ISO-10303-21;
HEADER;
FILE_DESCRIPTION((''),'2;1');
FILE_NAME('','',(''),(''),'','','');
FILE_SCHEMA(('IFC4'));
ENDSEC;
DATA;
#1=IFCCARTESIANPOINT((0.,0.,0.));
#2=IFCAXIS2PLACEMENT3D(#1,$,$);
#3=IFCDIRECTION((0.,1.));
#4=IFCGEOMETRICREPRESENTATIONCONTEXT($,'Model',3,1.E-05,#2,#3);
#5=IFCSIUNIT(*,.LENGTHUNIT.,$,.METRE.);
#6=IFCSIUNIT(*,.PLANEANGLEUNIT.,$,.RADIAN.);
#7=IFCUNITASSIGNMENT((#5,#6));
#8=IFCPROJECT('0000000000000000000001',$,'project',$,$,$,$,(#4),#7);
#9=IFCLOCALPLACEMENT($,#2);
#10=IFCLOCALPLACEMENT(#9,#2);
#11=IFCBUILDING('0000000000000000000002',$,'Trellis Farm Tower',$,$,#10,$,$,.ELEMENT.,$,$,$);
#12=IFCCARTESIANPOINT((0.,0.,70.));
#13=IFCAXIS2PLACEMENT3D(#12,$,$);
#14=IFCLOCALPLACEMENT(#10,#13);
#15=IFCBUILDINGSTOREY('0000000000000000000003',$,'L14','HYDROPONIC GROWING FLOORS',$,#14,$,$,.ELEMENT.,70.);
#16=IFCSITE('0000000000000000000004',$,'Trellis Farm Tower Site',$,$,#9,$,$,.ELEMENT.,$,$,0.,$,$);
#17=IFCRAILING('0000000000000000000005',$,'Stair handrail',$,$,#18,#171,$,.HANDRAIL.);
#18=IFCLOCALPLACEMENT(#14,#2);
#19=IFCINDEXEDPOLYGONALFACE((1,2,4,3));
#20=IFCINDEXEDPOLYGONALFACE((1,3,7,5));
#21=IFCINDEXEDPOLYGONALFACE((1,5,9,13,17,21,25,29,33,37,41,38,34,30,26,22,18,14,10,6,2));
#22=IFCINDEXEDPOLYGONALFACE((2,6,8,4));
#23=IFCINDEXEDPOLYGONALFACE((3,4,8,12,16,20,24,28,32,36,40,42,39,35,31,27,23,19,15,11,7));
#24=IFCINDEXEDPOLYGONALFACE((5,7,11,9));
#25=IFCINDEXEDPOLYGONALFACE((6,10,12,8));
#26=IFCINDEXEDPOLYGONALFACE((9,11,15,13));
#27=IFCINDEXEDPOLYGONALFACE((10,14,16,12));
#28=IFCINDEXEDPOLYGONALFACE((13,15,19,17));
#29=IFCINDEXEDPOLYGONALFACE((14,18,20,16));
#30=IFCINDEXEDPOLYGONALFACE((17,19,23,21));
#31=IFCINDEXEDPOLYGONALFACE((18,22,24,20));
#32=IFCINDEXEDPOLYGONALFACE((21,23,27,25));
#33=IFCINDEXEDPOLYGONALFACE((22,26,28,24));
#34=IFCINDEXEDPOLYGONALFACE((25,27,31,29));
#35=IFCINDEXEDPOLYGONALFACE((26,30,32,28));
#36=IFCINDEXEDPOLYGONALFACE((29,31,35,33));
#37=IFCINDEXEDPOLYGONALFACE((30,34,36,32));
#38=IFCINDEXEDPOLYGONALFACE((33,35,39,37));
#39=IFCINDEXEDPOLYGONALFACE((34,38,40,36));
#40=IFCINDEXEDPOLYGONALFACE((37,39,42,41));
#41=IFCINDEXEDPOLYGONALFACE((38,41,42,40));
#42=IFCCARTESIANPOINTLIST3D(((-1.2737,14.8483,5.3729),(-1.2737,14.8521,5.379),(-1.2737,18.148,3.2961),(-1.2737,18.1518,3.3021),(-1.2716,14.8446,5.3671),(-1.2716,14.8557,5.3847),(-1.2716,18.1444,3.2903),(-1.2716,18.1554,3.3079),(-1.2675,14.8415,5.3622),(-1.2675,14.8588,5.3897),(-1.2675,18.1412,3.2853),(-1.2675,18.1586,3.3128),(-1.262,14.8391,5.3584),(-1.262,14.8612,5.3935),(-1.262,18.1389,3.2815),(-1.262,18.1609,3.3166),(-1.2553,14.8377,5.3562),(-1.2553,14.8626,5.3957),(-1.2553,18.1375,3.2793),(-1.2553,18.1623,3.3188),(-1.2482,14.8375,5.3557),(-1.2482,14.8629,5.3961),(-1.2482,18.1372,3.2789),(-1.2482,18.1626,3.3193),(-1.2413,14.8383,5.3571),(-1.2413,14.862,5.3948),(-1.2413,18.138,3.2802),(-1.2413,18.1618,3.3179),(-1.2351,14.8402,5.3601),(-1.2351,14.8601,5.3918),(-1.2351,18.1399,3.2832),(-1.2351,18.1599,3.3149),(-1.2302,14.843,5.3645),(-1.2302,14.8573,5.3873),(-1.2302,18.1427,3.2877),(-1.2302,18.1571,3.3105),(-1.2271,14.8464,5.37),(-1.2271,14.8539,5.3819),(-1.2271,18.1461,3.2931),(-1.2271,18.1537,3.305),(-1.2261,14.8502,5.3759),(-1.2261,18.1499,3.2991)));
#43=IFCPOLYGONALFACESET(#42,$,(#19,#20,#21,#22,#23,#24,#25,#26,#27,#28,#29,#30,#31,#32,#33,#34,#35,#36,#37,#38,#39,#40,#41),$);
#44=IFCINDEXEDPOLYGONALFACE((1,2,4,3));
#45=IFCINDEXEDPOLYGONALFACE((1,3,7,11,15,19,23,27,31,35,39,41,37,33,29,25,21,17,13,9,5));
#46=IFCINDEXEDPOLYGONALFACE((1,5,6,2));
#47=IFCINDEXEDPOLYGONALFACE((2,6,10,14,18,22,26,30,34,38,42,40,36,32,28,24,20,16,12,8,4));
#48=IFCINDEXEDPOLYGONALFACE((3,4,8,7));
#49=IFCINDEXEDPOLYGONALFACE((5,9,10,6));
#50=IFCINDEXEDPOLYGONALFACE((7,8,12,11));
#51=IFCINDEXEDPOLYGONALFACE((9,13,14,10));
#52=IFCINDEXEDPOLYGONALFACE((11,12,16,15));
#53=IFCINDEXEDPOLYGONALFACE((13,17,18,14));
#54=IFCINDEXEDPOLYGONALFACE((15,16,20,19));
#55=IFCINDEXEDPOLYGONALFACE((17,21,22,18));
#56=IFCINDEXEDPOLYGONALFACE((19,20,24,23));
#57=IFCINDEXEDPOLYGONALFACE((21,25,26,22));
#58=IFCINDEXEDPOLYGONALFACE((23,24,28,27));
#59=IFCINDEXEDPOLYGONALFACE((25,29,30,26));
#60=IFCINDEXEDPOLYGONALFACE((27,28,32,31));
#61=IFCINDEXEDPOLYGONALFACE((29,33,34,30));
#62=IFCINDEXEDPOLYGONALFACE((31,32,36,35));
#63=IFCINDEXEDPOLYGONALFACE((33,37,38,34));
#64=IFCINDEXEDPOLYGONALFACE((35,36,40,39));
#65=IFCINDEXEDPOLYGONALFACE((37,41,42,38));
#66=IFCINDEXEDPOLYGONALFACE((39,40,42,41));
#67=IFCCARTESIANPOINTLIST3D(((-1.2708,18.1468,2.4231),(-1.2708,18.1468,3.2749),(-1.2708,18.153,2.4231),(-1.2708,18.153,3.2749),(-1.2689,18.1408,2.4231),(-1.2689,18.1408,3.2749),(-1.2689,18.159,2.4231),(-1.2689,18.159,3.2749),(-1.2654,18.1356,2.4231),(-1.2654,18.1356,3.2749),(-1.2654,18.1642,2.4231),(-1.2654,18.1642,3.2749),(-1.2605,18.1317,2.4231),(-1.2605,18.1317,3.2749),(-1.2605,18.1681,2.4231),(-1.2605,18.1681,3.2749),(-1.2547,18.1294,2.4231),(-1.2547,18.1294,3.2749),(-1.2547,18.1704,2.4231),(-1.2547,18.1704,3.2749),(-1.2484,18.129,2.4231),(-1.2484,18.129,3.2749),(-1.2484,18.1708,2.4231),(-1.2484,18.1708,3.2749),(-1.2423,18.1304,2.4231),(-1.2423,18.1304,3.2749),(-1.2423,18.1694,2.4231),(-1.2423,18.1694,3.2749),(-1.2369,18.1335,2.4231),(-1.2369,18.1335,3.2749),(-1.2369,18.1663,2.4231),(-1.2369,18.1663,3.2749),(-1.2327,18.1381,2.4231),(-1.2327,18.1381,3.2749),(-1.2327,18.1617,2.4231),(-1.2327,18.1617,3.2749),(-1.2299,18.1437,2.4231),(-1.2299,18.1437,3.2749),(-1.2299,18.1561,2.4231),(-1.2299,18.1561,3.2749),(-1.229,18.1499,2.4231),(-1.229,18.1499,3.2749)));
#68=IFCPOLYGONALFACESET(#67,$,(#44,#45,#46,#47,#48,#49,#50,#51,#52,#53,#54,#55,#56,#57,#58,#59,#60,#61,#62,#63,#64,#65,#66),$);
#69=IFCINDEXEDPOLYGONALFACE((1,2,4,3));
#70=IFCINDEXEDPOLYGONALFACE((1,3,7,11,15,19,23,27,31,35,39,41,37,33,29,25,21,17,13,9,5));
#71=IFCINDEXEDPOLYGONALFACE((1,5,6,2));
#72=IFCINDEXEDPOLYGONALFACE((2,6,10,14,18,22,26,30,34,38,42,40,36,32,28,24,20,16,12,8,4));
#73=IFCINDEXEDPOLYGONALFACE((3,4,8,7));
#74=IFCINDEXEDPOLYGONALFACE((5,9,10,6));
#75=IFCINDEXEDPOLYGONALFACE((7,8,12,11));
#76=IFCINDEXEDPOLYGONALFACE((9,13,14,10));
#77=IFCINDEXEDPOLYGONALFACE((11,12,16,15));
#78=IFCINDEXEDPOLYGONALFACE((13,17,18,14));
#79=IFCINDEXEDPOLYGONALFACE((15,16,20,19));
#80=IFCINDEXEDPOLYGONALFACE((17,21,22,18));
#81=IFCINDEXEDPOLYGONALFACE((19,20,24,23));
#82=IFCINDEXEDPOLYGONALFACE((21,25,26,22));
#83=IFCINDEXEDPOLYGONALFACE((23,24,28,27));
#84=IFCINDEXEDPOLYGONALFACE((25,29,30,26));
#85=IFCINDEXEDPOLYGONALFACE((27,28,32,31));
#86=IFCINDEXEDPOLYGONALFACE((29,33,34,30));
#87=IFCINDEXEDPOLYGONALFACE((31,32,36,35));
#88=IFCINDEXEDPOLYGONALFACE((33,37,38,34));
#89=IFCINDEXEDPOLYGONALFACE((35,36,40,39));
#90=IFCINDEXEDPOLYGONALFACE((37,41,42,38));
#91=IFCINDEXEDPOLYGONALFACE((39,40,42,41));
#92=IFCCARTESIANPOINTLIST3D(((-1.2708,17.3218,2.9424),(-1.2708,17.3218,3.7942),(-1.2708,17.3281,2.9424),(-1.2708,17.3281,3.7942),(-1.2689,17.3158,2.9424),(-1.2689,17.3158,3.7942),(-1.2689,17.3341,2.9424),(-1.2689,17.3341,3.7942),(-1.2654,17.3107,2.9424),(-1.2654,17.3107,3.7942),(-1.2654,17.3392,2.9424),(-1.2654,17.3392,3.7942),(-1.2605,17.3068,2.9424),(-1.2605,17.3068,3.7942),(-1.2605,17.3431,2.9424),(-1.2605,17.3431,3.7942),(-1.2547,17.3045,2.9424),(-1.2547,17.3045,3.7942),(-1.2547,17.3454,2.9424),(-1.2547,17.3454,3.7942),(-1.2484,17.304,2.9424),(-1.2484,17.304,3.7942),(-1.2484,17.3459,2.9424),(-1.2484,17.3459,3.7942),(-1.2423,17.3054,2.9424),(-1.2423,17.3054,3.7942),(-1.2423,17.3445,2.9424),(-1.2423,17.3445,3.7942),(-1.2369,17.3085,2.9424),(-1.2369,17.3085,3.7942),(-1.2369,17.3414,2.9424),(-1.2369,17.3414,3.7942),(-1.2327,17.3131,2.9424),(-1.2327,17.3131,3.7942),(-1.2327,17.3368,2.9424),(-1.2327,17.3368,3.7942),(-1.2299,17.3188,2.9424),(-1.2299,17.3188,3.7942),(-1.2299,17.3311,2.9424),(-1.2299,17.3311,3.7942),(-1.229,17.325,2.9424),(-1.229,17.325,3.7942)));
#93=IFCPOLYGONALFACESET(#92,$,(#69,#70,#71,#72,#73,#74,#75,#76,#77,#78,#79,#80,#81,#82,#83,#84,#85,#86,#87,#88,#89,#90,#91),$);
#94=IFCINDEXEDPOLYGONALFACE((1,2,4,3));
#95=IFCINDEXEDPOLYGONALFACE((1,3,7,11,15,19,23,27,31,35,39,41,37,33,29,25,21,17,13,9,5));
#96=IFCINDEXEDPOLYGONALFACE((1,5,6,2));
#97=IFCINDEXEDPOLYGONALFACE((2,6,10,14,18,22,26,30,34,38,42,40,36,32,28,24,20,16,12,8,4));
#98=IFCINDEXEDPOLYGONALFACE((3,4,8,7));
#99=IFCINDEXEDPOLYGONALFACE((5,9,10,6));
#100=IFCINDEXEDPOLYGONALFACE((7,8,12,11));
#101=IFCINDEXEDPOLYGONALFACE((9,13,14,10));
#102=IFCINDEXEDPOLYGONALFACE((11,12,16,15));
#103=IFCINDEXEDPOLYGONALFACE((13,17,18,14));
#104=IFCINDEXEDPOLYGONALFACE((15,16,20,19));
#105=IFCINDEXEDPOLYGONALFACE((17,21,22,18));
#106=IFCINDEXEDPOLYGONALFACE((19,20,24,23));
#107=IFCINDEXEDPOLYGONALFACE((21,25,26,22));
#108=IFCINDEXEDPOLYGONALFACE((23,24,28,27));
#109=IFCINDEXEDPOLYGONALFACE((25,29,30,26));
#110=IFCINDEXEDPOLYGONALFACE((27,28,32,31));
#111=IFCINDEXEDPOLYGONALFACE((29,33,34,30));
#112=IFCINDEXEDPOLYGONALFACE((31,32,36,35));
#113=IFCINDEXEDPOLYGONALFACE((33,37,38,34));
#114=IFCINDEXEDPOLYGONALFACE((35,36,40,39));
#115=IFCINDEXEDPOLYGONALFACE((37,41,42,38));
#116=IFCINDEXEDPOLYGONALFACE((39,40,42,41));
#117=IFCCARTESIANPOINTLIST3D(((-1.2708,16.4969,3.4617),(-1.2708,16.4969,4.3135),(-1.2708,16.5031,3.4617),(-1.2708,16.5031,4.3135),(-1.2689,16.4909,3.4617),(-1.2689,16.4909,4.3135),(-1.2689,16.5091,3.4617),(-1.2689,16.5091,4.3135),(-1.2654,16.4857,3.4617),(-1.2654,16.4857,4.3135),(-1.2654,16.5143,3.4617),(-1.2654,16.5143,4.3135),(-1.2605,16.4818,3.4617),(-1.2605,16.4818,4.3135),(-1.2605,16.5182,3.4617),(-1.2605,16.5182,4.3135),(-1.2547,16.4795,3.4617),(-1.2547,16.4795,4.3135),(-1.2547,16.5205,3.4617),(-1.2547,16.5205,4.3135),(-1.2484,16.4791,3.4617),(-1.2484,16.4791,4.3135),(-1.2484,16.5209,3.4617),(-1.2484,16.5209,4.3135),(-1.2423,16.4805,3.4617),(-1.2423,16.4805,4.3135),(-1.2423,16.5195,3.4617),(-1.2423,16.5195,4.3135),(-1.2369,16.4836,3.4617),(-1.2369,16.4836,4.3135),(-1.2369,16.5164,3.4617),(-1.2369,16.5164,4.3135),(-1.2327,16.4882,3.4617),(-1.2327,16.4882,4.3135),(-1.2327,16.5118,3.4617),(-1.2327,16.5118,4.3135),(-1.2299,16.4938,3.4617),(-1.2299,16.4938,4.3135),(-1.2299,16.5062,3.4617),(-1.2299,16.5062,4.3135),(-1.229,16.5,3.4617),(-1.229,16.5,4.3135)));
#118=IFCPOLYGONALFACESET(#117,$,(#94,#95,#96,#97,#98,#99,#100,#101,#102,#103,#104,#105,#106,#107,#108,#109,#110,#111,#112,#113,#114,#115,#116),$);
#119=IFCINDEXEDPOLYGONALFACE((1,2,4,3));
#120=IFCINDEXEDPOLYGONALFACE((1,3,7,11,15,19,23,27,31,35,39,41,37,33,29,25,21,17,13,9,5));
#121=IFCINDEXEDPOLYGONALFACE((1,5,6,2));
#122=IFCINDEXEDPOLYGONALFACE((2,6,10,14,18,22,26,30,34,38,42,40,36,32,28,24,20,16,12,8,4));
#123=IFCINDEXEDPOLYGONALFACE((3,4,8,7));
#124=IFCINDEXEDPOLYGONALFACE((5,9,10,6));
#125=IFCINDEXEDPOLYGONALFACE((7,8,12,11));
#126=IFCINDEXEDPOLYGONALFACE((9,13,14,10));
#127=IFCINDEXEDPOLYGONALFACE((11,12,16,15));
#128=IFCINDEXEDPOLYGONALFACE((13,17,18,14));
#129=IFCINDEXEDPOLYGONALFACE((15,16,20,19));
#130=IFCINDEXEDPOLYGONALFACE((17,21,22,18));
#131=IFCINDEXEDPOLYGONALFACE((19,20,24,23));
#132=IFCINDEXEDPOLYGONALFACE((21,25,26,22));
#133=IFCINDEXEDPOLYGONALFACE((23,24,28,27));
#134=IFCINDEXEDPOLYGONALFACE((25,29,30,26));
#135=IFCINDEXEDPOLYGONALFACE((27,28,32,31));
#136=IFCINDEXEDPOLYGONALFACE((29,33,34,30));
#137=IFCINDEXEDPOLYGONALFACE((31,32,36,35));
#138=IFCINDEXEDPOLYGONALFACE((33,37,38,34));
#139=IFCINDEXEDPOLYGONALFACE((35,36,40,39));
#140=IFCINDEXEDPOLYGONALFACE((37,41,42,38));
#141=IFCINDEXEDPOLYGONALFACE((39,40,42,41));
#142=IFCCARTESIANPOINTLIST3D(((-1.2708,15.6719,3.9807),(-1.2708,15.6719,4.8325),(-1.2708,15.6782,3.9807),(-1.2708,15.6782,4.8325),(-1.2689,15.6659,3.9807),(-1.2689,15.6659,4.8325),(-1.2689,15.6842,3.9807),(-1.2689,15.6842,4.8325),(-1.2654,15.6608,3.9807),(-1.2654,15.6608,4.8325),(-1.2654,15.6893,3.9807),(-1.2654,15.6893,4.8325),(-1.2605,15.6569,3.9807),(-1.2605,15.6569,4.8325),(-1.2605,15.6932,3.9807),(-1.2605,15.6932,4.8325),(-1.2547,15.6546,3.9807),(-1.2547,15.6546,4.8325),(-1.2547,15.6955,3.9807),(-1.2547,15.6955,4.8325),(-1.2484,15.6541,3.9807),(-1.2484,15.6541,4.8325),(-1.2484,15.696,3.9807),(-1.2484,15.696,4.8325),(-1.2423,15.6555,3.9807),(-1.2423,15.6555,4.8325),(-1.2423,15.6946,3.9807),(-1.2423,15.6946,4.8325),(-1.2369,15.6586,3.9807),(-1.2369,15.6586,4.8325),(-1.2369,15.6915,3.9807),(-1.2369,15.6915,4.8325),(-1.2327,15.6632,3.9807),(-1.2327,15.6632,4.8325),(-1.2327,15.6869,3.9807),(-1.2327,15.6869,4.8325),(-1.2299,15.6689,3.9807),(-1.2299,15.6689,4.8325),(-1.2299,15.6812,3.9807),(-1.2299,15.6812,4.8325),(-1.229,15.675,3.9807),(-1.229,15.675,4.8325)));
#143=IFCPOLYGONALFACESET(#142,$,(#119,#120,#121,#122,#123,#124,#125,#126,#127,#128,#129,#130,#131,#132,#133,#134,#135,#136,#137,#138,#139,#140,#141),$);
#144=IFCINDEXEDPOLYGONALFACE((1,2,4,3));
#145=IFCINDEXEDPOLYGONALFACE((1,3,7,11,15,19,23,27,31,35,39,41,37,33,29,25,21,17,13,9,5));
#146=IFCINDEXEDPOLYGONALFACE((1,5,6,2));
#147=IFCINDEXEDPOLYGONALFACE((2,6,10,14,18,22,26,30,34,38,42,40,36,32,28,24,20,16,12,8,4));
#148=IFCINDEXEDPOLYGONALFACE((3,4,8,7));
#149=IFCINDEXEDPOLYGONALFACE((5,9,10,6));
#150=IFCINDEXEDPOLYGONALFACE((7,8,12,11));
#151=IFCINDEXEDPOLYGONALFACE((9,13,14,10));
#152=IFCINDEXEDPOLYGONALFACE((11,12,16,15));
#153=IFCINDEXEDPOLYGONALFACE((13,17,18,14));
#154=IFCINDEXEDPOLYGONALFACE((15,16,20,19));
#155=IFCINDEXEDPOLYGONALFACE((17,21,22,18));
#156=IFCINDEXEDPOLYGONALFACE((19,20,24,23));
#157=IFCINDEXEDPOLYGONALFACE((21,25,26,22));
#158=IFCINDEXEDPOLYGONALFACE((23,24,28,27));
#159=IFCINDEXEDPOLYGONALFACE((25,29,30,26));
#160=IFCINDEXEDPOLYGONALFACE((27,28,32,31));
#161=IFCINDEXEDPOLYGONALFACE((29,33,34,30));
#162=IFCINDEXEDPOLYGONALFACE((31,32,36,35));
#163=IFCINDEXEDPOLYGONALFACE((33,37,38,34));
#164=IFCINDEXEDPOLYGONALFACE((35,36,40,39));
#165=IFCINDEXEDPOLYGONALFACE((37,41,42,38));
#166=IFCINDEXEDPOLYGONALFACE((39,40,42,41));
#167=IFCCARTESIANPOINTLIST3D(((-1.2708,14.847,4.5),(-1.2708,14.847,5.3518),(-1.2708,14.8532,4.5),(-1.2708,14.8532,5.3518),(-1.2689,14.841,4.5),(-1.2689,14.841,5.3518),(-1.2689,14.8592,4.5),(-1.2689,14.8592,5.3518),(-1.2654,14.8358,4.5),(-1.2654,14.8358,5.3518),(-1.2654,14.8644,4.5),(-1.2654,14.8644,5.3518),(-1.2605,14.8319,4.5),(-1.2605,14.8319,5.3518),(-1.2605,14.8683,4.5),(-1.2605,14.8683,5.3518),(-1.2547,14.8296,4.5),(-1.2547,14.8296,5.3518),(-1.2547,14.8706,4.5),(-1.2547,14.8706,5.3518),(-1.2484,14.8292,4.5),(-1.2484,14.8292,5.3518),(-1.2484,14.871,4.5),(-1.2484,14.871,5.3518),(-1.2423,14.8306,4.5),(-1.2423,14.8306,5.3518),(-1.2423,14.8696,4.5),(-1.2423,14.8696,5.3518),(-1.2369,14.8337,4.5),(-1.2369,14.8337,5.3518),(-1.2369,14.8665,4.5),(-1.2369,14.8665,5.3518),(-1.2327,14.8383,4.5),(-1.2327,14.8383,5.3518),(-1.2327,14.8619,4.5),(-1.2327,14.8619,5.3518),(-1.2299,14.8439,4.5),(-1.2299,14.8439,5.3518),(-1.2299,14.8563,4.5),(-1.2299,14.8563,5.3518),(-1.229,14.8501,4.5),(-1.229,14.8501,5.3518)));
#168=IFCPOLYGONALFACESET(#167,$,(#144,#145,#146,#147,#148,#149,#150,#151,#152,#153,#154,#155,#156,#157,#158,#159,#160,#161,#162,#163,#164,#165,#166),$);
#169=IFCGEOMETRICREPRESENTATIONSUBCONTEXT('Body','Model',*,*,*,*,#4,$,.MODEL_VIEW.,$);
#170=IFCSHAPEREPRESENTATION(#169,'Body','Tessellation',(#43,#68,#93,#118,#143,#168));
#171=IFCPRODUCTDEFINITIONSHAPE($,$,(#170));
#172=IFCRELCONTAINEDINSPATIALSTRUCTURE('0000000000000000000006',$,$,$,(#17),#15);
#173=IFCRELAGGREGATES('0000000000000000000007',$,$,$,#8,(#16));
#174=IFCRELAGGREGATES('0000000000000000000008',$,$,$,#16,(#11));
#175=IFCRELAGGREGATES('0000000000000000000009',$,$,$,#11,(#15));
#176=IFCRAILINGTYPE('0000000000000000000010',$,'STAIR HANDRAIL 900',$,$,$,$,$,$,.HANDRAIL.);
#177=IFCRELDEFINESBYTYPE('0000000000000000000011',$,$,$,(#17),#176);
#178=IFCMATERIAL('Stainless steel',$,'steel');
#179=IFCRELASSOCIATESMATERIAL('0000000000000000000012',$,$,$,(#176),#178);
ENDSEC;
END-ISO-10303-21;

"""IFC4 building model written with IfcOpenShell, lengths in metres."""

from ifc_helpers import new_model, si_unit, direction, frame, origin, origin_2d, place, context, subcontext, project, spatial, circle, extrude, source, transform, mapped, material, type_object, element, save


model = new_model("IFC4")

# Units and contexts
model_context = context("Model", 3, precision=1e-05, world=origin(), true_north=direction((0.0, 1.0)))
body_context = subcontext(model_context, "Body", "Model", "MODEL_VIEW")
ifc_project = project(units=[si_unit("LENGTHUNIT", "METRE"), si_unit("PLANEANGLEUNIT", "RADIAN")], contexts=[model_context])

# Site, building, storey
site_placement = place(None, origin())
site = spatial("IfcSite", under=ifc_project, at=site_placement, Name="Trellis Farm Tower Site", CompositionType="ELEMENT", RefElevation=0.0)
building_placement = place(site_placement, origin())
building = spatial("IfcBuilding", under=site, at=building_placement, Name="Trellis Farm Tower", CompositionType="ELEMENT")
storey_placement = place(building_placement, frame((0.0, 0.0, 70.0)))
storey = spatial("IfcBuildingStorey", under=building, at=storey_placement, Name="L14", Description="HYDROPONIC GROWING FLOORS", CompositionType="ELEMENT", Elevation=70.0)

# Railing
ifc_material_1 = material(Name="Stainless steel", Category="steel")
railing_type = type_object("IfcRailingType", Name="STAIR HANDRAIL 900", PredefinedType="HANDRAIL", material=ifc_material_1)
shared_shape_1 = source(origin(), body_context, "Body", "SweptSolid", [
    extrude(circle(Radius=0.0239, at=origin_2d()), frame((0.0, 0.0, 0.876), z_axis=(0.0, -0.84632, 0.532675), x_axis=(1.0, 0.0, 0.0)), (0.0, 0.0, 1.0), 3.8989),
    extrude(circle(Radius=0.021, at=origin_2d()), origin(), (0.0, 0.0, 1.0), 0.8518),
    extrude(circle(Radius=0.021, at=origin_2d()), frame((0.0, -0.825, 0.5193)), (0.0, 0.0, 1.0), 0.8518),
    extrude(circle(Radius=0.021, at=origin_2d()), frame((0.0, -1.6499, 1.0386)), (0.0, 0.0, 1.0), 0.8518),
    extrude(circle(Radius=0.021, at=origin_2d()), frame((0.0, -2.4749, 1.5576)), (0.0, 0.0, 1.0), 0.8518),
    extrude(circle(Radius=0.021, at=origin_2d()), frame((0.0, -3.2998, 2.0769)), (0.0, 0.0, 1.0), 0.8518),
])
railing_placement = place(storey_placement, frame((-1.25, 18.1499, 2.4231)))
element("IfcRailing", 1, at=railing_placement, inside=storey, type_object=railing_type, Name="Stair handrail", PredefinedType="HANDRAIL", context=body_context, shape_type="MappedRepresentation", body=[
    mapped(shared_shape_1, transform((0.0, 0.0, 0.0))),
])

save(model, "model.ifc")
